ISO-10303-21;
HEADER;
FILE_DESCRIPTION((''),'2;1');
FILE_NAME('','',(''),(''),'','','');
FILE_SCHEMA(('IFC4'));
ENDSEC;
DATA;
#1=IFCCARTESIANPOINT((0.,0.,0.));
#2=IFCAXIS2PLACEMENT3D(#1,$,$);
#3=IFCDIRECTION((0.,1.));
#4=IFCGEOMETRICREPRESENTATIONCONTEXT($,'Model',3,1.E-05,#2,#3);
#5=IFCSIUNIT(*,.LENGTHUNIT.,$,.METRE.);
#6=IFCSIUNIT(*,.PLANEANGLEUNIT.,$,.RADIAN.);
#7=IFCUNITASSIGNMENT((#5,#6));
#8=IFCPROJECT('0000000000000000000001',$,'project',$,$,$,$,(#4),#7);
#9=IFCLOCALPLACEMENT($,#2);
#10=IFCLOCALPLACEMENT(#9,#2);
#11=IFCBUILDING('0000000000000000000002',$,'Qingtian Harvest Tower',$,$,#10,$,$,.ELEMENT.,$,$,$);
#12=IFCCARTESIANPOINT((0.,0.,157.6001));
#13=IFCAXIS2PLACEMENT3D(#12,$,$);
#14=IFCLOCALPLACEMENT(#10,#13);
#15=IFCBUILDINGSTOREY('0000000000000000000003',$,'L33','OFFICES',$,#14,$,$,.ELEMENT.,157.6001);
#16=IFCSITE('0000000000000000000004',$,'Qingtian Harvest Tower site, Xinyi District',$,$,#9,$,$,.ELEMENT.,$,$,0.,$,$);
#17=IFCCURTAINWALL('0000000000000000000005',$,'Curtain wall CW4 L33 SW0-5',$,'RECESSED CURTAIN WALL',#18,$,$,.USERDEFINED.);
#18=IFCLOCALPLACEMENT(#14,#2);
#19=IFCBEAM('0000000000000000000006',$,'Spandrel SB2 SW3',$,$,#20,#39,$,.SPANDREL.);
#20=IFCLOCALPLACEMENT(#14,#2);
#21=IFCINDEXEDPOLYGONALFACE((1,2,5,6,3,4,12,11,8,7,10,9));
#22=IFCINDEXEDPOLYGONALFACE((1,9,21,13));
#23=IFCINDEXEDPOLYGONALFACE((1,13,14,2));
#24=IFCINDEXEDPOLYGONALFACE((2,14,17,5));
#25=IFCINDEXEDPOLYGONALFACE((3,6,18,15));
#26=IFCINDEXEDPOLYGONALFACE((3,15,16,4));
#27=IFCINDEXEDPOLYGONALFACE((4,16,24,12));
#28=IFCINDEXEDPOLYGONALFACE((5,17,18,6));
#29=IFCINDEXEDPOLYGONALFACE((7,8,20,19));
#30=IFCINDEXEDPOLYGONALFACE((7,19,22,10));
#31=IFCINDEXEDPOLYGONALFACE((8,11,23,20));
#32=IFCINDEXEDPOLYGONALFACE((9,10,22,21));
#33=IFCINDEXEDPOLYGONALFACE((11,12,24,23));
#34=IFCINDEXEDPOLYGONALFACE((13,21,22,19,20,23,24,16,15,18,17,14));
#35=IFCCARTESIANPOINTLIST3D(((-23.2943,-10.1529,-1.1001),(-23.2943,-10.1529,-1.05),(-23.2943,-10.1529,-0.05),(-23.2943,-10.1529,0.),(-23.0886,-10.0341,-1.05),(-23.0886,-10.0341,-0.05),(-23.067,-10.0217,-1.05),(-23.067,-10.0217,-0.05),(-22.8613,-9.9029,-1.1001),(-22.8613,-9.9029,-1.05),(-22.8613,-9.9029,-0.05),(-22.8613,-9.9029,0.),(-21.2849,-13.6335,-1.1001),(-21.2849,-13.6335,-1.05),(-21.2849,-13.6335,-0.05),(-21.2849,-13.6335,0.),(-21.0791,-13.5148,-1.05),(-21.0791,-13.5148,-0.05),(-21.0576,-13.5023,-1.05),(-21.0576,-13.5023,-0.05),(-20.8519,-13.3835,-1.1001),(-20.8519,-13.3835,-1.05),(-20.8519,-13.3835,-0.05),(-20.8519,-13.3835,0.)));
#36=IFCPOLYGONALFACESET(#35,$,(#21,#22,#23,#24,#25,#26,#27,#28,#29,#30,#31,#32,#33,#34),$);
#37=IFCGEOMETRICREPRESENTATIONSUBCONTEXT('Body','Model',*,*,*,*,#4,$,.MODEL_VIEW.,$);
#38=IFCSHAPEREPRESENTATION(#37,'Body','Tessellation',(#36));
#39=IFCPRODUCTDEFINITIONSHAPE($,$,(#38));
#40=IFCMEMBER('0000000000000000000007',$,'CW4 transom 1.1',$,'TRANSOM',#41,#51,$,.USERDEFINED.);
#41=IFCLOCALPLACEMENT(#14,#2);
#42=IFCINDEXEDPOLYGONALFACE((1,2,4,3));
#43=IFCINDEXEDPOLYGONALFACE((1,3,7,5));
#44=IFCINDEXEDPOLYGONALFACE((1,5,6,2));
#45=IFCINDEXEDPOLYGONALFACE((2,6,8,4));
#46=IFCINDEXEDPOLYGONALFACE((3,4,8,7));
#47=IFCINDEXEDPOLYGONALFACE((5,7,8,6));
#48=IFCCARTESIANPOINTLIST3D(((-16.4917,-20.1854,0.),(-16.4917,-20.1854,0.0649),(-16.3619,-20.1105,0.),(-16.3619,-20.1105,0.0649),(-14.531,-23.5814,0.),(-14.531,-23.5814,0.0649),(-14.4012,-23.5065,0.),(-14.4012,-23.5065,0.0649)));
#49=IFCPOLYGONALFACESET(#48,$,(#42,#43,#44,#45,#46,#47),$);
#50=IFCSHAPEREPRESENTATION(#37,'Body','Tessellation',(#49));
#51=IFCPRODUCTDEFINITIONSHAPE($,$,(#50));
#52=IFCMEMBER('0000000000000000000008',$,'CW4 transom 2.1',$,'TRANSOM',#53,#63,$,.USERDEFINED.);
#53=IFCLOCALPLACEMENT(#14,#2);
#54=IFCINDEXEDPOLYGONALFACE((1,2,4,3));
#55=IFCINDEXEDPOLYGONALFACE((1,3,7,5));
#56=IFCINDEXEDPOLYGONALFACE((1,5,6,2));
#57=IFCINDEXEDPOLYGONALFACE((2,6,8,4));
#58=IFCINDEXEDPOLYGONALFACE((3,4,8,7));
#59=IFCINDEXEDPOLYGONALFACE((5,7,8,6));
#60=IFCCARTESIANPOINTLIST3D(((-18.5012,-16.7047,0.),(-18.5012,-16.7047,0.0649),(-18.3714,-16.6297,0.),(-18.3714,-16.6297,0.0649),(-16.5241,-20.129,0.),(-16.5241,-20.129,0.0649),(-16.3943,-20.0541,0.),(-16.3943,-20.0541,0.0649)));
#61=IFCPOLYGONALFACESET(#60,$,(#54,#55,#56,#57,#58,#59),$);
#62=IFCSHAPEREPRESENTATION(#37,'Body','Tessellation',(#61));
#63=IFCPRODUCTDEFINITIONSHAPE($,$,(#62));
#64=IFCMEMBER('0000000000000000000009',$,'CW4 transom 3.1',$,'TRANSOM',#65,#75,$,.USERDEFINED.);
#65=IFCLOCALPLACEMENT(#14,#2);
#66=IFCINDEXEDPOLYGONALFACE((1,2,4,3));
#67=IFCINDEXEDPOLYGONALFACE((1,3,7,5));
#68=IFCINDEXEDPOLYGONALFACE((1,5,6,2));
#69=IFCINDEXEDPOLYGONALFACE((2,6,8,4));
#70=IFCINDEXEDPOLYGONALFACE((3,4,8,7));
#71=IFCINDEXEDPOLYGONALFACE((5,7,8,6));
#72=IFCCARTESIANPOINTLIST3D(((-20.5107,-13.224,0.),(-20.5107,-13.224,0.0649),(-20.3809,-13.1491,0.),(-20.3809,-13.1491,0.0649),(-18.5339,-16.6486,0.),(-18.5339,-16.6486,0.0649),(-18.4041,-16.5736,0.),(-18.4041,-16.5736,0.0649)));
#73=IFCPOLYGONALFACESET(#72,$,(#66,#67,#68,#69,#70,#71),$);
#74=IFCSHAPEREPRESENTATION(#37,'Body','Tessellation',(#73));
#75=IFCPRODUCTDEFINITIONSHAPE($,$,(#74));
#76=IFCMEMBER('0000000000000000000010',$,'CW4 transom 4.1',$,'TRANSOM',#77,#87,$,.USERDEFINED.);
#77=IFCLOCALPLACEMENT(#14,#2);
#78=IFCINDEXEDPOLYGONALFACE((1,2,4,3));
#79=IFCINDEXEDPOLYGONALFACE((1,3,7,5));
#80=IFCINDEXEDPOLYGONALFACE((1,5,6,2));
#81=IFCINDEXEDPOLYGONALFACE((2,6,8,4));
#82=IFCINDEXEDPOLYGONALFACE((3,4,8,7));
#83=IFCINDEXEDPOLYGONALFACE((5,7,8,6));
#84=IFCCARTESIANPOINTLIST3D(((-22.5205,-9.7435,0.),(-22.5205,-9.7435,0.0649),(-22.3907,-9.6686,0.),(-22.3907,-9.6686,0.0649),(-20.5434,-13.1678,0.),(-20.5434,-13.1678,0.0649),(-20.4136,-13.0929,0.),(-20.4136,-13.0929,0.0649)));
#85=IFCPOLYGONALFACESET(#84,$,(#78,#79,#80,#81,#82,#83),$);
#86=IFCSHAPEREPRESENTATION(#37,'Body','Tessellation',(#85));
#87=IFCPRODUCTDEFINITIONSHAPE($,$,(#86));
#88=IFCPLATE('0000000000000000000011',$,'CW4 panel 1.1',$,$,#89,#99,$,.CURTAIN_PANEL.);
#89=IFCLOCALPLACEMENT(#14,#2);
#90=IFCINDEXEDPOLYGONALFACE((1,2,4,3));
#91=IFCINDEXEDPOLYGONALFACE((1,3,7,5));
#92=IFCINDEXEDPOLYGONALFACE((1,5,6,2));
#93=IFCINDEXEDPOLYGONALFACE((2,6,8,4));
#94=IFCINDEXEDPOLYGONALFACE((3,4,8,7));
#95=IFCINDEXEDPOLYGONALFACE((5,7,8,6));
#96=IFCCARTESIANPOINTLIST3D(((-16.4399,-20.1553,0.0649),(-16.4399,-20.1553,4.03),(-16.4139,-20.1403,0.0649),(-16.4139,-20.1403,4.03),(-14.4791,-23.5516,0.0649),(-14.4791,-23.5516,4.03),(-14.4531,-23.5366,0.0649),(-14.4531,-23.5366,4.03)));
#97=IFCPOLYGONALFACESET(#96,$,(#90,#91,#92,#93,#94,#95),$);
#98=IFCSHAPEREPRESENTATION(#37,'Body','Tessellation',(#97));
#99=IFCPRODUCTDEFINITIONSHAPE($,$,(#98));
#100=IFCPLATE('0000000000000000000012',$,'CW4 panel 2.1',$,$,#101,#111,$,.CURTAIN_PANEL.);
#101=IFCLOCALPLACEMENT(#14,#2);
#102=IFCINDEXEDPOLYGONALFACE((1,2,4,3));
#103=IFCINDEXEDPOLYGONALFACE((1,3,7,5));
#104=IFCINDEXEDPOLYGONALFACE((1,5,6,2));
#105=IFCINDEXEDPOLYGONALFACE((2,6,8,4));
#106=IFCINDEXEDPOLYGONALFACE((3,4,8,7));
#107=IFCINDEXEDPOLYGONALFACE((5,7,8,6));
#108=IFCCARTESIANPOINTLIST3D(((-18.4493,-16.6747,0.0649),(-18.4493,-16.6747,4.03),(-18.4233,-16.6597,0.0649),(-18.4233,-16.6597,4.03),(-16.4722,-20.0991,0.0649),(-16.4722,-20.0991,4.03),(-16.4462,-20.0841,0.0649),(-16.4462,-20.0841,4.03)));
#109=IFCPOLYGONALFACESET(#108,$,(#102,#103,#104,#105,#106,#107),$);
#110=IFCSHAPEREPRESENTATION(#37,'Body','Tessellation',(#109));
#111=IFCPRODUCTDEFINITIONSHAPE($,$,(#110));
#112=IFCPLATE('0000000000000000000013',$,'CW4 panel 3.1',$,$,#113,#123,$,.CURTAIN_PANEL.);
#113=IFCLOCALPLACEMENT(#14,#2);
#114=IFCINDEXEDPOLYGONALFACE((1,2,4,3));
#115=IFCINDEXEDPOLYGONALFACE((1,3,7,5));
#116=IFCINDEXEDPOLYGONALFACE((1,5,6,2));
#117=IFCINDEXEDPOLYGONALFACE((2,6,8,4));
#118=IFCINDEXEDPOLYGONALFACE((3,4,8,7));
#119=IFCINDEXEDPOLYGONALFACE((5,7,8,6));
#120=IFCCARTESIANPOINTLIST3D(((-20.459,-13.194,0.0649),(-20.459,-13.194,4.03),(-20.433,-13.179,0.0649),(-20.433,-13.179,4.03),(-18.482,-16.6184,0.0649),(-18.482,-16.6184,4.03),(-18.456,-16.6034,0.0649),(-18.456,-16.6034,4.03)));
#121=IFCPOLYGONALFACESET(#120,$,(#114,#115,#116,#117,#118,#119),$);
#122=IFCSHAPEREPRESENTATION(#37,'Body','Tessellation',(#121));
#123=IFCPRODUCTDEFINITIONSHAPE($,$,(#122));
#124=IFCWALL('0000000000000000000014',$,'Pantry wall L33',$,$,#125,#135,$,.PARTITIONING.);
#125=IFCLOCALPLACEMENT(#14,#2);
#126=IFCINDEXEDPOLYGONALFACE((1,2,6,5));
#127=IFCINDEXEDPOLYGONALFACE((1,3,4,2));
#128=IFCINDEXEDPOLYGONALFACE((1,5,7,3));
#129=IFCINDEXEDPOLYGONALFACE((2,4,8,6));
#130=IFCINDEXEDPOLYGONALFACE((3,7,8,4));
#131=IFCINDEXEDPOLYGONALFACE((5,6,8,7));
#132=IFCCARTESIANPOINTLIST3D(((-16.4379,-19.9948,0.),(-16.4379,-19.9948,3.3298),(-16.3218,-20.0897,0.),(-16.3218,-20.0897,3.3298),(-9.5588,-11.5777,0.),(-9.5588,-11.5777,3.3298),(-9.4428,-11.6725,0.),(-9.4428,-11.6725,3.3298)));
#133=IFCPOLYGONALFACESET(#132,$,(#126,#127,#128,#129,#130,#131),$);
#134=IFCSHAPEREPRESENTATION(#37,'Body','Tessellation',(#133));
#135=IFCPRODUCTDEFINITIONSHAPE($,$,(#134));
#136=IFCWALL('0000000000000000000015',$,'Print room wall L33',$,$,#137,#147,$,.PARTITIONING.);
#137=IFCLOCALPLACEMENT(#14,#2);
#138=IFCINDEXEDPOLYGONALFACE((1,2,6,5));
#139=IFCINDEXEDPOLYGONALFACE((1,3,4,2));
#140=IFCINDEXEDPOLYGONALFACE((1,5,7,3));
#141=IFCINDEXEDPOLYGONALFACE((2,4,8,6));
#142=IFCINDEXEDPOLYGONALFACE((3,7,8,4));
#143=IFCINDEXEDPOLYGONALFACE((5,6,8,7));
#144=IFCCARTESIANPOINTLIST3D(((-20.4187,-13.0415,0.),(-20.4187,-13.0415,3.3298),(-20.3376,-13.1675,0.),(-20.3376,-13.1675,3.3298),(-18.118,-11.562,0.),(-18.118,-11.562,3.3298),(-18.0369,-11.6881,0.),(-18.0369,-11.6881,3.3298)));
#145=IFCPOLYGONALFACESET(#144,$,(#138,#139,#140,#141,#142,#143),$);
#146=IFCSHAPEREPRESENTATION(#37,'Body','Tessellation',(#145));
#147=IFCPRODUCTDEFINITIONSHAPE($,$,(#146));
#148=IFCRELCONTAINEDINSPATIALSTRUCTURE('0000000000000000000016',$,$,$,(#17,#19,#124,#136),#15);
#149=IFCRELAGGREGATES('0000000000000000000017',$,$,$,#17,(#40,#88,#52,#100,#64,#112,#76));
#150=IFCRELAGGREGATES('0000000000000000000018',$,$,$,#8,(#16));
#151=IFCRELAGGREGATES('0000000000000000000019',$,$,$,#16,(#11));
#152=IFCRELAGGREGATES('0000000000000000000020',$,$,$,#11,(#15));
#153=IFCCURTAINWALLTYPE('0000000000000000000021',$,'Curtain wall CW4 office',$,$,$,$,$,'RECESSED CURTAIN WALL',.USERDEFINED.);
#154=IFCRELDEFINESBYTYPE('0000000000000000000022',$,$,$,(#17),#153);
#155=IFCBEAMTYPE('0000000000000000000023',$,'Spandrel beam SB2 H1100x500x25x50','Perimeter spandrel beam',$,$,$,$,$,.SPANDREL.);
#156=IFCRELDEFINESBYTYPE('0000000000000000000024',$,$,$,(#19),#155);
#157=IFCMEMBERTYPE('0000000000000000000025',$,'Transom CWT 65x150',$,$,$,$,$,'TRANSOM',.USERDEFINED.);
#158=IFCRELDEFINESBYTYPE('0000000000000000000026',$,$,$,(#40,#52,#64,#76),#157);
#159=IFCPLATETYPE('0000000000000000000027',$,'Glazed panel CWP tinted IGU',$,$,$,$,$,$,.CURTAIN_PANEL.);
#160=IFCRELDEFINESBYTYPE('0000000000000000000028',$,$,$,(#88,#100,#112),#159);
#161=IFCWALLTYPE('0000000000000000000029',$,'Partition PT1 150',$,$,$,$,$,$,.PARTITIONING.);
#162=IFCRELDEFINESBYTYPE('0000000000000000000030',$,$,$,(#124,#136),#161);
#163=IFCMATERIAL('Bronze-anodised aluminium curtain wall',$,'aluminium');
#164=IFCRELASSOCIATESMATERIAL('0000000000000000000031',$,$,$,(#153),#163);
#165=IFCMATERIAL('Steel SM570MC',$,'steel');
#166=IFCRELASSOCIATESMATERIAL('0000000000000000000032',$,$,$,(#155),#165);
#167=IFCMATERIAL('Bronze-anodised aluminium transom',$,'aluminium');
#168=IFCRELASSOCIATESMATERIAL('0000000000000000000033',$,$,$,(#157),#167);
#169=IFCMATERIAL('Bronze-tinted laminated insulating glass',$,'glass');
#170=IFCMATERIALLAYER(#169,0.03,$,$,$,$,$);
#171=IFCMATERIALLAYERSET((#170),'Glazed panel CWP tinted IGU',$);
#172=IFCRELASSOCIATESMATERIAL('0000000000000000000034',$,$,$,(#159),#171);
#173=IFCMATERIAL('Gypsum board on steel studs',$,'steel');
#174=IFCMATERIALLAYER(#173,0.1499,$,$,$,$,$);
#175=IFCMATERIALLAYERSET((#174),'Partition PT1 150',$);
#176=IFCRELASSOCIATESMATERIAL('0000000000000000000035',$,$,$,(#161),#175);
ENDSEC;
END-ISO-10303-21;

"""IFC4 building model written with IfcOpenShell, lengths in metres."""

from ifc_helpers import new_model, si_unit, direction, frame, frame_2d, origin, origin_2d, place, context, subcontext, project, spatial, rectangle, i_section, extrude, material, layer, layer_set, material_profile, profile_set, type_object, element, aggregate, save


model = new_model("IFC4")

# Units and contexts
model_context = context("Model", 3, precision=1e-05, world=origin(), true_north=direction((0.0, 1.0)))
body_context = subcontext(model_context, "Body", "Model", "MODEL_VIEW")
ifc_project = project(units=[si_unit("LENGTHUNIT", "METRE"), si_unit("PLANEANGLEUNIT", "RADIAN")], contexts=[model_context])

# Site, building, storey
site_placement = place(None, origin())
site = spatial("IfcSite", under=ifc_project, at=site_placement, Name="Qingtian Harvest Tower site, Xinyi District", CompositionType="ELEMENT", RefElevation=0.0)
building_placement = place(site_placement, origin())
building = spatial("IfcBuilding", under=site, at=building_placement, Name="Qingtian Harvest Tower", CompositionType="ELEMENT")
storey_placement = place(building_placement, frame((0.0, 0.0, 157.6001)))
storey = spatial("IfcBuildingStorey", under=building, at=storey_placement, Name="L33", Description="OFFICES", CompositionType="ELEMENT", Elevation=157.6001)

# Shared definitions
ifc_material_1 = material(Name="Bronze-anodised aluminium curtain wall", Category="aluminium")
curtain_wall_type = type_object("IfcCurtainWallType", Name="Curtain wall CW4 office", ElementType="RECESSED CURTAIN WALL", PredefinedType="USERDEFINED", material=ifc_material_1)

# Curtain wall
curtain_wall_1_placement = place(storey_placement, origin())
curtain_wall_1 = element("IfcCurtainWall", 1, at=curtain_wall_1_placement, inside=storey, type_object=curtain_wall_type, Name="Curtain wall CW4 L33 SW0-5", ObjectType="RECESSED CURTAIN WALL", PredefinedType="USERDEFINED")

# Beam
ifc_material_2 = material(Name="Steel SM570MC", Category="steel")
ifc_material_profile_1 = material_profile(ifc_material_2, i_section(OverallWidth=0.5, OverallDepth=1.1001, WebThickness=0.0249, FlangeThickness=0.05, at=origin_2d()), Name="H1100x500x25x50")
ifc_profile_set_1 = profile_set([ifc_material_profile_1], Name="Steel SM570MC")
beam_type_1 = type_object("IfcBeamType", Name="Spandrel beam SB2 H1100x500x25x50", Description="Perimeter spandrel beam", PredefinedType="SPANDREL", material=ifc_profile_set_1)
for number, where, z_axis, x_axis, name in (
    (2, (-21.0684, -13.5085, -0.55), (-0.499987, 0.866033, 0.0), (-0.866033, -0.499987, 0.0), "Spandrel SB2 SW3"),
):
    element("IfcBeam", number, at=place(storey_placement, frame(where, z_axis=z_axis, x_axis=x_axis)), inside=storey, type_object=beam_type_1, Name=name, PredefinedType="SPANDREL", context=body_context, shape_type="SweptSolid", body=[
        extrude(i_section(OverallWidth=0.5, OverallDepth=1.1001, WebThickness=0.0249, FlangeThickness=0.05, at=origin_2d()), origin(), (0.0, 0.0, 1.0), 4.019),
    ])

# Members
ifc_material_3 = material(Name="Bronze-anodised aluminium transom", Category="aluminium")
ifc_material_profile_2 = material_profile(ifc_material_3, rectangle(XDim=0.1499, YDim=0.0649, at=origin_2d()), Name="AL 65x150")
ifc_profile_set_2 = profile_set([ifc_material_profile_2], Name="Bronze-anodised aluminium transom")
member_type_1 = type_object("IfcMemberType", Name="Transom CWT 65x150", ElementType="TRANSOM", PredefinedType="USERDEFINED", material=ifc_profile_set_2)
member_1_placement = place(storey_placement, frame((-14.4661, -23.5439, 0.0325), z_axis=(-0.500003, 0.866024, 0.0), x_axis=(-0.866024, -0.500003, 0.0)))
member_1 = element("IfcMember", 3, at=member_1_placement, type_object=member_type_1, Name="CW4 transom 1.1", ObjectType="TRANSOM", PredefinedType="USERDEFINED", context=body_context, shape_type="SweptSolid", body=[
    extrude(rectangle(XDim=0.1499, YDim=0.0649, at=origin_2d()), origin(), (0.0, 0.0, 1.0), 3.9214),
])
member_2_placement = place(storey_placement, frame((-16.4592, -20.0916, 0.0325), z_axis=(-0.500004, 0.866023, 0.0), x_axis=(-0.866023, -0.500004, 0.0)))
member_2 = element("IfcMember", 4, at=member_2_placement, type_object=member_type_1, Name="CW4 transom 2.1", ObjectType="TRANSOM", PredefinedType="USERDEFINED", context=body_context, shape_type="SweptSolid", body=[
    extrude(rectangle(XDim=0.1499, YDim=0.0649, at=origin_2d()), origin(), (0.0, 0.0, 1.0), 3.9541),
])
member_3_placement = place(storey_placement, frame((-18.469, -16.6111, 0.0325), z_axis=(-0.499931, 0.866065, 0.0), x_axis=(-0.866065, -0.499931, 0.0)))
member_3 = element("IfcMember", 5, at=member_3_placement, type_object=member_type_1, Name="CW4 transom 3.1", ObjectType="TRANSOM", PredefinedType="USERDEFINED", context=body_context, shape_type="SweptSolid", body=[
    extrude(rectangle(XDim=0.1499, YDim=0.0649, at=origin_2d()), origin(), (0.0, 0.0, 1.0), 3.9541),
])
member_4_placement = place(storey_placement, frame((-20.4785, -13.1304, 0.0325), z_axis=(-0.500004, 0.866023, 0.0), x_axis=(-0.866023, -0.500004, 0.0)))
member_4 = element("IfcMember", 6, at=member_4_placement, type_object=member_type_1, Name="CW4 transom 4.1", ObjectType="TRANSOM", PredefinedType="USERDEFINED", context=body_context, shape_type="SweptSolid", body=[
    extrude(rectangle(XDim=0.1499, YDim=0.0649, at=origin_2d()), origin(), (0.0, 0.0, 1.0), 3.9541),
])

# Plates
ifc_material_4 = material(Name="Bronze-tinted laminated insulating glass", Category="glass")
ifc_layer_1 = layer(ifc_material_4, 0.03)
ifc_layer_set_1 = layer_set([ifc_layer_1], Name="Glazed panel CWP tinted IGU")
plate_type = type_object("IfcPlateType", Name="Glazed panel CWP tinted IGU", PredefinedType="CURTAIN_PANEL", material=ifc_layer_set_1)
plate_1_placement = place(storey_placement, frame((-15.4465, -21.8459, 0.0649), z_axis=(0.0, 0.0, 1.0), x_axis=(-0.5, 0.866025, 0.0)))
plate_1 = element("IfcPlate", 7, at=plate_1_placement, type_object=plate_type, Name="CW4 panel 1.1", PredefinedType="CURTAIN_PANEL", context=body_context, shape_type="SweptSolid", body=[
    extrude(rectangle(XDim=3.9216, YDim=0.03, at=origin_2d()), origin(), (0.0, 0.0, 1.0), 3.9651),
])
plate_2_placement = place(storey_placement, frame((-17.4478, -18.3794, 0.0649), z_axis=(0.0, 0.0, 1.0), x_axis=(-0.5, 0.866025, 0.0)))
plate_2 = element("IfcPlate", 8, at=plate_2_placement, type_object=plate_type, Name="CW4 panel 2.1", PredefinedType="CURTAIN_PANEL", context=body_context, shape_type="SweptSolid", body=[
    extrude(rectangle(XDim=3.9541, YDim=0.03, at=origin_2d()), origin(), (0.0, 0.0, 1.0), 3.9651),
])
plate_3_placement = place(storey_placement, frame((-19.4575, -14.8987, 0.0649), z_axis=(0.0, 0.0, 1.0), x_axis=(-0.5, 0.866025, 0.0)))
plate_3 = element("IfcPlate", 9, at=plate_3_placement, type_object=plate_type, Name="CW4 panel 3.1", PredefinedType="CURTAIN_PANEL", context=body_context, shape_type="SweptSolid", body=[
    extrude(rectangle(XDim=3.9541, YDim=0.03, at=origin_2d()), origin(), (0.0, 0.0, 1.0), 3.9651),
])
aggregate(curtain_wall_1, [member_1, plate_1, member_2, plate_2, member_3, plate_3, member_4])

# Walls
ifc_material_5 = material(Name="Gypsum board on steel studs", Category="steel")
ifc_layer_2 = layer(ifc_material_5, 0.1499)
ifc_layer_set_2 = layer_set([ifc_layer_2], Name="Partition PT1 150")
wall_type = type_object("IfcWallType", Name="Partition PT1 150", PredefinedType="PARTITIONING", material=ifc_layer_set_2)
wall_1_placement = place(storey_placement, frame((-16.3799, -20.0422, 0.0), z_axis=(0.0, 0.0, 1.0), x_axis=(0.632815, 0.774303, 0.0)))
element("IfcWall", 10, at=wall_1_placement, inside=storey, type_object=wall_type, Name="Pantry wall L33", PredefinedType="PARTITIONING", context=body_context, shape_type="SweptSolid", body=[
    extrude(rectangle(XDim=10.8706, YDim=0.1499, at=frame_2d((5.4353, 0.0))), origin(), (0.0, 0.0, 1.0), 3.3298),
])
wall_2_placement = place(storey_placement, frame((-20.3782, -13.1045, 0.0), z_axis=(0.0, 0.0, 1.0), x_axis=(0.841109, 0.540866, 0.0)))
element("IfcWall", 11, at=wall_2_placement, inside=storey, type_object=wall_type, Name="Print room wall L33", PredefinedType="PARTITIONING", context=body_context, shape_type="SweptSolid", body=[
    extrude(rectangle(XDim=2.7354, YDim=0.1499, at=frame_2d((1.3677, 0.0))), origin(), (0.0, 0.0, 1.0), 3.3298),
])

save(model, "model.ifc")
